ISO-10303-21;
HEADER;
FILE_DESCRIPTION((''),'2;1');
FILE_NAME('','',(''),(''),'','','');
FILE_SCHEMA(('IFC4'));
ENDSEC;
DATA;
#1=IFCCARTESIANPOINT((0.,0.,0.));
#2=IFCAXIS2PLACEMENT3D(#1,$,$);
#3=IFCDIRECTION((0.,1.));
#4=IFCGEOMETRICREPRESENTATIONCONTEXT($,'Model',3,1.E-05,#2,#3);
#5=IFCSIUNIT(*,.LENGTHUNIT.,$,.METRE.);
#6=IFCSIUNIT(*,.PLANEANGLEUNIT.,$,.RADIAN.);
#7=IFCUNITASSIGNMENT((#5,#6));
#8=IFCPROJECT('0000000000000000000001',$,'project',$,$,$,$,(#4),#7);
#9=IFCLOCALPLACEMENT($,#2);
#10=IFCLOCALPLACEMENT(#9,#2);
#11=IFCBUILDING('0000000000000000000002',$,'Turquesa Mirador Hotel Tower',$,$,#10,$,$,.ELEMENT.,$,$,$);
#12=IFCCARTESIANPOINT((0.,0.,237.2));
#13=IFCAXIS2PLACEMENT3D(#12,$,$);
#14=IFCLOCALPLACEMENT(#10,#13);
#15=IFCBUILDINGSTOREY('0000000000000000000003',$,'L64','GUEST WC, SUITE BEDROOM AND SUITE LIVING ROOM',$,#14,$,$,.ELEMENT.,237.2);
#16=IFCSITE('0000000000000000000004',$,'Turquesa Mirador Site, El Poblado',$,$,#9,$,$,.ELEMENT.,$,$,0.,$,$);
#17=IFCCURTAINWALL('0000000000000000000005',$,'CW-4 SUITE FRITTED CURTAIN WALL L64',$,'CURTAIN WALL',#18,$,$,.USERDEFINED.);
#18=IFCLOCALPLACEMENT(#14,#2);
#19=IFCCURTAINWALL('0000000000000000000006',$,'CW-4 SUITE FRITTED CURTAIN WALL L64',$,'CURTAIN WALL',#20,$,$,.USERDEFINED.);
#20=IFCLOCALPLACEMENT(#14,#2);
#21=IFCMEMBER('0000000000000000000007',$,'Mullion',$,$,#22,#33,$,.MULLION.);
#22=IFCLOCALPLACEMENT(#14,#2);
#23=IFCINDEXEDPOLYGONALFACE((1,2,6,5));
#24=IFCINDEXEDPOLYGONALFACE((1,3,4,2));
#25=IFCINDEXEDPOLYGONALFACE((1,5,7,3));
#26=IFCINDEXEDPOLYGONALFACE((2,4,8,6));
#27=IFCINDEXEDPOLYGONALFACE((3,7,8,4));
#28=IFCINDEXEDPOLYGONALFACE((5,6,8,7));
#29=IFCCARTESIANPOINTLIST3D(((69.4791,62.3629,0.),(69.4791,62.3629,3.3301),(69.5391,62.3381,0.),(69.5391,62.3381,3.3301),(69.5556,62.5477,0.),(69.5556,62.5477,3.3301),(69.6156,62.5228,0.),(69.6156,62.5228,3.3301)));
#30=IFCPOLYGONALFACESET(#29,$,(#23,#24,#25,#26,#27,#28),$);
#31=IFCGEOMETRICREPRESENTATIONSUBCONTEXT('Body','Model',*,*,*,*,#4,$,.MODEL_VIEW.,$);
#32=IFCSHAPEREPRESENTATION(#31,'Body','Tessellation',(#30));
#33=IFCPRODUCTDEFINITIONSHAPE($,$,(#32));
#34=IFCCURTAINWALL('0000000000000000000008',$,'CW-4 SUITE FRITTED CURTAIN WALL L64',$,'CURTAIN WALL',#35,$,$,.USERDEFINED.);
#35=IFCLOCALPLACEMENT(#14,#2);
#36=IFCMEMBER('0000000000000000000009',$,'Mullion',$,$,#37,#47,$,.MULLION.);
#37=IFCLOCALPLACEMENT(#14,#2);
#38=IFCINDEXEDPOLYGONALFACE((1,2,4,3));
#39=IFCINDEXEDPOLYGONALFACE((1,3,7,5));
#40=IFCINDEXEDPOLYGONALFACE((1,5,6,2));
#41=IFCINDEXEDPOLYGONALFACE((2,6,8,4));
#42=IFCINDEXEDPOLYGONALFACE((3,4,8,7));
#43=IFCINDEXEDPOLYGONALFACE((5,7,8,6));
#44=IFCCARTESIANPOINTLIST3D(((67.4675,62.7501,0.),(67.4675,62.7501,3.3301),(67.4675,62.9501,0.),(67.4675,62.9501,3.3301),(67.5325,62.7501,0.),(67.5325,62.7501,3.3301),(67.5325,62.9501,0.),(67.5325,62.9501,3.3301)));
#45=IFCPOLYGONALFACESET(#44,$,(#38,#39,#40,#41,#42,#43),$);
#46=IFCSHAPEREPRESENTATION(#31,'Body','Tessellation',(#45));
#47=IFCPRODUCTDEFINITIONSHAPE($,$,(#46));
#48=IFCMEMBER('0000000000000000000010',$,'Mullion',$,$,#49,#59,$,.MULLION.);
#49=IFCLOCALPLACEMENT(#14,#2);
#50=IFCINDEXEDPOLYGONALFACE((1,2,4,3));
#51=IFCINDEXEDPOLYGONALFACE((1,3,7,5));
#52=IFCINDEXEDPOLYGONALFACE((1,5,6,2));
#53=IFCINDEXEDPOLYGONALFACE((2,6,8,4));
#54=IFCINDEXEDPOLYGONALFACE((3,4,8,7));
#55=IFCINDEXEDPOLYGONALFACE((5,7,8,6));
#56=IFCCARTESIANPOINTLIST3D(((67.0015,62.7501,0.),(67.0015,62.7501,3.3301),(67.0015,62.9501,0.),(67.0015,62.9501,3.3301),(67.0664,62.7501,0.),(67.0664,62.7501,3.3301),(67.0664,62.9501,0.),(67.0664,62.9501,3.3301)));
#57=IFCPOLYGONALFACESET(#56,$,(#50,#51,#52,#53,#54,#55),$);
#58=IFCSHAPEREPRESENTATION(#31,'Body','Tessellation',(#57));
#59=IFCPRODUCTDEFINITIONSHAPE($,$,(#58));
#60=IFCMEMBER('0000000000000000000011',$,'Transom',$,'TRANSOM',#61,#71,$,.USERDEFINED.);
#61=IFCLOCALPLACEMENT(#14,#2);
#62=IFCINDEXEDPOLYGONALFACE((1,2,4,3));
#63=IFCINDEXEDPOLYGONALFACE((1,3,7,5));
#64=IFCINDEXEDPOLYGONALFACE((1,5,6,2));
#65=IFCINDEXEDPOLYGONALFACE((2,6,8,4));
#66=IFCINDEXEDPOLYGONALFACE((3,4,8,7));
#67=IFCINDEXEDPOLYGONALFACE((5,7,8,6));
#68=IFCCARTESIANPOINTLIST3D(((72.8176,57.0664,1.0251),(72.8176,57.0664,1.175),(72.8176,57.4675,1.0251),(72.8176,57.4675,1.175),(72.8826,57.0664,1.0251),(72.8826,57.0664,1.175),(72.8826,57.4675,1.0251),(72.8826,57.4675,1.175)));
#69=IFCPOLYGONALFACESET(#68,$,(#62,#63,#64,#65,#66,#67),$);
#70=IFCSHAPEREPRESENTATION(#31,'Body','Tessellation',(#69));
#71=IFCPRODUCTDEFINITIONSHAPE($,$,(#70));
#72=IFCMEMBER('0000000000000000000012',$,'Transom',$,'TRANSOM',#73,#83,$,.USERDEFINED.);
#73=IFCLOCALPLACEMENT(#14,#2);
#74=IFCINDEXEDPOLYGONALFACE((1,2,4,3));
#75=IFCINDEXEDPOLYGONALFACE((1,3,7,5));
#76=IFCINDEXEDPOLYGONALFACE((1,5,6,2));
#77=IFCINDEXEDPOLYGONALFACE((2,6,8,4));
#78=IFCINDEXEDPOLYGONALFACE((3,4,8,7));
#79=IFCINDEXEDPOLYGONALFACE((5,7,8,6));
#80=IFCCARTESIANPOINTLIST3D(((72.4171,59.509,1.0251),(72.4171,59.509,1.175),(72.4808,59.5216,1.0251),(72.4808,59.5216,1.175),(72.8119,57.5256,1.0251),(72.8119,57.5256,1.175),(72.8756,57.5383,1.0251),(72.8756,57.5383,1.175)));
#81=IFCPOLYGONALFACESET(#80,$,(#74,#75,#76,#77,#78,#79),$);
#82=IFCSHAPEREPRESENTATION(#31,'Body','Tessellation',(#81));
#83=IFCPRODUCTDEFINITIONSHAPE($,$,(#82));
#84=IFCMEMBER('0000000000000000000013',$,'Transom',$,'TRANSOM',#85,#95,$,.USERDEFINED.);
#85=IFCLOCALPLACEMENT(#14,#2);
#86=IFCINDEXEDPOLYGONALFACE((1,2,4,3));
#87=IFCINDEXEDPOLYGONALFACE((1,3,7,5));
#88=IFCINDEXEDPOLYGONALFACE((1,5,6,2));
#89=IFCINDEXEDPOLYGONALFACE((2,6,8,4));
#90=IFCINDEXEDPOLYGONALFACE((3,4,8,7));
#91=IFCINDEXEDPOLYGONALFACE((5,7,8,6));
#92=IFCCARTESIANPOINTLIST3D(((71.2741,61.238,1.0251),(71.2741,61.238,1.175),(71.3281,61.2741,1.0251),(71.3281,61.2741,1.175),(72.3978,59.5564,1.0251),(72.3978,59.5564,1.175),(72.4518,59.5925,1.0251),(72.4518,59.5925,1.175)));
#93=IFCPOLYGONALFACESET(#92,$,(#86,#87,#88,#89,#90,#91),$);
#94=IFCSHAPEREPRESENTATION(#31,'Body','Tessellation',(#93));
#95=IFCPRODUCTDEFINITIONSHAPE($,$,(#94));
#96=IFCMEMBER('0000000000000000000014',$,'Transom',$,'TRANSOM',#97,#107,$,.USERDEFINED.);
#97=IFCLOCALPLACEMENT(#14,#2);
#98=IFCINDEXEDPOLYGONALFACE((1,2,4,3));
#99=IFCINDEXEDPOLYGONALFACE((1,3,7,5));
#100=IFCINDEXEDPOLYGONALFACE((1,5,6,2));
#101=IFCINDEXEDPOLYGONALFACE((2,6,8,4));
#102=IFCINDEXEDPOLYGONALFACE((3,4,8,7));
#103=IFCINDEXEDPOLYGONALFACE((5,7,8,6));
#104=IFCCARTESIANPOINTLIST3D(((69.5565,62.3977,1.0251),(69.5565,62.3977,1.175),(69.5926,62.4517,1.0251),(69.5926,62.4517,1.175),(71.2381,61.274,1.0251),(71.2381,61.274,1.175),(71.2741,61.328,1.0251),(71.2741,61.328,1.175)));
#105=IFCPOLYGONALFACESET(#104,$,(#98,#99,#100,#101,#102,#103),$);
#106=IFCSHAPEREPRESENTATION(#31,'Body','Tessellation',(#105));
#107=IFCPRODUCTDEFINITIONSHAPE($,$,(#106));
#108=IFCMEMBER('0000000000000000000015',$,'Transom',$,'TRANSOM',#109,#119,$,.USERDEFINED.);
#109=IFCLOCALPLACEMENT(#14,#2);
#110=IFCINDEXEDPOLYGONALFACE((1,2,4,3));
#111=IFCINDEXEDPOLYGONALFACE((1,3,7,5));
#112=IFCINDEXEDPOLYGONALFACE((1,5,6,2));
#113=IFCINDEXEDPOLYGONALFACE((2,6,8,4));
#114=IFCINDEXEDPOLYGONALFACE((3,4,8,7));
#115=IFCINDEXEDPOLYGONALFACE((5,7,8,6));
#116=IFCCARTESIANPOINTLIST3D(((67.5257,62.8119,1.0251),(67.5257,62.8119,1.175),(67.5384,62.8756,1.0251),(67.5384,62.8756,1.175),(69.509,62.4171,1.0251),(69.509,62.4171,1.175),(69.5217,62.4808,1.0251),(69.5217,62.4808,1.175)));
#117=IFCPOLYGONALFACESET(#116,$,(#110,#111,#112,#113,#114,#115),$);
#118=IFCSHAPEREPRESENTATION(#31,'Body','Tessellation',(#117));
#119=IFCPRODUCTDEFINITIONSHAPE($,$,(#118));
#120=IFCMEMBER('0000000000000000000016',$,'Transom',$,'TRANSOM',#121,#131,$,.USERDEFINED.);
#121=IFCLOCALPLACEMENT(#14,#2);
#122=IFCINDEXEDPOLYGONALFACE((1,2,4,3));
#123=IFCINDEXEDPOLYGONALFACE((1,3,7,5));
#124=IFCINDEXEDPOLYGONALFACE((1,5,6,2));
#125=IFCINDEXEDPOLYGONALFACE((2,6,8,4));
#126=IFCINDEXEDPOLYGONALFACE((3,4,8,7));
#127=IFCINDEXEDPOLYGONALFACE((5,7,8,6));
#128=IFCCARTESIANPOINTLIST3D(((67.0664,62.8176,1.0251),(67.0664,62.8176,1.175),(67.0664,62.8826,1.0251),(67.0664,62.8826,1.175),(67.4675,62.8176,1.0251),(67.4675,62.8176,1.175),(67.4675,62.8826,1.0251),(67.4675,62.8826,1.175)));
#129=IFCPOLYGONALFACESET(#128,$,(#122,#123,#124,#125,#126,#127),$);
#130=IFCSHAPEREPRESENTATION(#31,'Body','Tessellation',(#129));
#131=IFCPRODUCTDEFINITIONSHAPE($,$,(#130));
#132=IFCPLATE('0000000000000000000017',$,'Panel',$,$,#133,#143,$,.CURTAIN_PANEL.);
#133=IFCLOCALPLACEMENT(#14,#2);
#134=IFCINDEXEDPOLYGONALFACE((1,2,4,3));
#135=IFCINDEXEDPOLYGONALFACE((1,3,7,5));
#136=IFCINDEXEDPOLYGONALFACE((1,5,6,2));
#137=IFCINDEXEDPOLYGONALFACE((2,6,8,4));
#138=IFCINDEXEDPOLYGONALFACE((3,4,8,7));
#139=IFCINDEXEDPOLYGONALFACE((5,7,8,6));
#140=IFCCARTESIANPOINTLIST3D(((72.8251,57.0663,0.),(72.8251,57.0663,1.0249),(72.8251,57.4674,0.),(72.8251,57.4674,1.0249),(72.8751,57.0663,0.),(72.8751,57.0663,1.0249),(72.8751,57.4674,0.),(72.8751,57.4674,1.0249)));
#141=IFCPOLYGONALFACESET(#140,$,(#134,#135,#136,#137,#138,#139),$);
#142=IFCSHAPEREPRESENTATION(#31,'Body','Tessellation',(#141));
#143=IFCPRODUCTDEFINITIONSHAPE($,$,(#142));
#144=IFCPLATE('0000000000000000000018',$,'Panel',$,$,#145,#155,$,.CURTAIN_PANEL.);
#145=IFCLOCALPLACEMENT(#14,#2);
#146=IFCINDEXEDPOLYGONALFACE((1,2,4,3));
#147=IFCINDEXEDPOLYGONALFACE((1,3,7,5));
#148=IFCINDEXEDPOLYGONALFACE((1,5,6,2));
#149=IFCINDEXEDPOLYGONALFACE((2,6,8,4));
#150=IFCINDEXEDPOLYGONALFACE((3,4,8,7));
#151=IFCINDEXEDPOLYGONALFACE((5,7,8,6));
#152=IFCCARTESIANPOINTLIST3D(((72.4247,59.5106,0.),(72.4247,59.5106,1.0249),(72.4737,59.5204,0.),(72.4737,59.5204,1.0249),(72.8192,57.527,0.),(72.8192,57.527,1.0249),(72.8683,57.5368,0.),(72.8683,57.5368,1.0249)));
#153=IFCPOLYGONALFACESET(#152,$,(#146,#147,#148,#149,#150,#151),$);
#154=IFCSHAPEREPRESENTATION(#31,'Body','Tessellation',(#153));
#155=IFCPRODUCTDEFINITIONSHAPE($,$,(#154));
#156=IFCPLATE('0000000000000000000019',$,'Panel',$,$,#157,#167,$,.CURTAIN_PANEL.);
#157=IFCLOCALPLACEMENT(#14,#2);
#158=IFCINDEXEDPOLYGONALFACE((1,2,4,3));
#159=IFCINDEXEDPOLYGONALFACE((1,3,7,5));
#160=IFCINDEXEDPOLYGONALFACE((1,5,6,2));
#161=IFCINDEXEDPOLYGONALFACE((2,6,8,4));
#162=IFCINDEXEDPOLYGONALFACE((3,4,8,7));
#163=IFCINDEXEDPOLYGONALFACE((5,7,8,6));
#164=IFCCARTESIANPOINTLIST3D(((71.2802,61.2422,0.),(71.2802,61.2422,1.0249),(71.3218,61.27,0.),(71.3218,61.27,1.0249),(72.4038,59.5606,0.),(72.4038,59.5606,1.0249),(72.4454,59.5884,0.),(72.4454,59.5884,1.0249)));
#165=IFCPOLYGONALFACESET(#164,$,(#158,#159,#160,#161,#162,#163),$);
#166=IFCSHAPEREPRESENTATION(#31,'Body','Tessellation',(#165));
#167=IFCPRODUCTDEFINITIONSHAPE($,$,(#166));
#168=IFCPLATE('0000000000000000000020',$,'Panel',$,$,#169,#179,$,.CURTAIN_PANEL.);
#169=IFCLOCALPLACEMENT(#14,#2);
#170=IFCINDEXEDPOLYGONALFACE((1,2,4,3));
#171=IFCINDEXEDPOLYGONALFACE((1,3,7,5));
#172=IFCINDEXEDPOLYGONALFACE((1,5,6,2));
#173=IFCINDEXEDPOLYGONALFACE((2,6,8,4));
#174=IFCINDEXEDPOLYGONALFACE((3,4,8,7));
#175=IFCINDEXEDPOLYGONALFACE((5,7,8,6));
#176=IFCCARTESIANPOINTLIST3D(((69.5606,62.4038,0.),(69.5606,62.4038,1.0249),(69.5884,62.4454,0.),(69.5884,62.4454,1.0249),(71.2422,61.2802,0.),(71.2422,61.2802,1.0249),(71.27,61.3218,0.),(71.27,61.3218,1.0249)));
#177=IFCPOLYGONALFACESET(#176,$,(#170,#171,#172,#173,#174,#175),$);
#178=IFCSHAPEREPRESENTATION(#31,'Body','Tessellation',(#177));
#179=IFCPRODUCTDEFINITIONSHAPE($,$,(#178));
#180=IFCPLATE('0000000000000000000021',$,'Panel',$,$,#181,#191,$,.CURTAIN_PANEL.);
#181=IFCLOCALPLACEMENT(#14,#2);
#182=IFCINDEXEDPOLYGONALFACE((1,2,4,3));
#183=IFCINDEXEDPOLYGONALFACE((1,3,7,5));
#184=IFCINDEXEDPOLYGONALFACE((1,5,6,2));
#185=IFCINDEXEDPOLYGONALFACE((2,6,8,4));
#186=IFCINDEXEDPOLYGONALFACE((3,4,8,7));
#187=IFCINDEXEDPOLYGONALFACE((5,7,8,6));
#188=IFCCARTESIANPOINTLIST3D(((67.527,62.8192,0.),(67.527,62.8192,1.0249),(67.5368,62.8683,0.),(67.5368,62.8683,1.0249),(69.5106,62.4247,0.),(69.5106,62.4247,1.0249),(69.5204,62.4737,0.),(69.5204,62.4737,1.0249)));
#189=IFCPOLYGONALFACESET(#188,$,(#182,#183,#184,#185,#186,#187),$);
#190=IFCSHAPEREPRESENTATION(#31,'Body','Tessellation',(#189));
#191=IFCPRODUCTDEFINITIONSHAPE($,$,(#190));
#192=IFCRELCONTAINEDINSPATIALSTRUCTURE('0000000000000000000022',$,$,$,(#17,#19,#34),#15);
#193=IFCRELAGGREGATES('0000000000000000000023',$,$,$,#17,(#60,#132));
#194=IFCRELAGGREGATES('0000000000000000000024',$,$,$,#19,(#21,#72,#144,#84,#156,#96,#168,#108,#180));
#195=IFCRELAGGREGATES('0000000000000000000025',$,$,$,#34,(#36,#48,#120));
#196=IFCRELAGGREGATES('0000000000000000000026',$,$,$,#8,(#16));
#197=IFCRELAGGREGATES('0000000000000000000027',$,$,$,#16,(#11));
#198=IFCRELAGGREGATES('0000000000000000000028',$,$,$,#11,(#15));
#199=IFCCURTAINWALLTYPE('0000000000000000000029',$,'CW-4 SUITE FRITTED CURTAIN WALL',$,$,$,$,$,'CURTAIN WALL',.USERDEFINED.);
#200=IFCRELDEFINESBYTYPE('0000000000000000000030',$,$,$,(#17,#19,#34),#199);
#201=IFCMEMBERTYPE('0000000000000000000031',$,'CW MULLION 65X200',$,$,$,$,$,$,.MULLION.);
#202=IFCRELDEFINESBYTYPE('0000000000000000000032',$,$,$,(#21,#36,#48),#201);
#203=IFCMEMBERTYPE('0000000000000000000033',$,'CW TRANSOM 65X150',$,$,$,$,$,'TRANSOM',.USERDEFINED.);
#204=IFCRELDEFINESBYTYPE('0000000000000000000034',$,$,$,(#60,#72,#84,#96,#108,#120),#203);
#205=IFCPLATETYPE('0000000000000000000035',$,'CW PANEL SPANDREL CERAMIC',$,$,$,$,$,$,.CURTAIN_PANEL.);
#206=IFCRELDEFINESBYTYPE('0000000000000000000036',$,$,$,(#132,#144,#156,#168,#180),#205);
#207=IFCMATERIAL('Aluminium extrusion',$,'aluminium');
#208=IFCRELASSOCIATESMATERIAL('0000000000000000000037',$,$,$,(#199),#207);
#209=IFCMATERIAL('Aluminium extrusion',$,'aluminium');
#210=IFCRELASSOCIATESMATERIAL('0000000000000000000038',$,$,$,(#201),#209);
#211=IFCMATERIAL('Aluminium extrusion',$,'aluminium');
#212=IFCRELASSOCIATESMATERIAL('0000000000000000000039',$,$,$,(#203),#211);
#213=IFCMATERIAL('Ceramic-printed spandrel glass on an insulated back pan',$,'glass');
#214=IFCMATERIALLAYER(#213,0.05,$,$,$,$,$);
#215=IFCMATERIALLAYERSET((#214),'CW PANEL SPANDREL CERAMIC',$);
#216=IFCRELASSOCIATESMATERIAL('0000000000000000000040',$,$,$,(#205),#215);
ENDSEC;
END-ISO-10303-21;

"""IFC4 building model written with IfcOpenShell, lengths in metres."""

from ifc_helpers import new_model, si_unit, direction, frame, origin, origin_2d, place, context, subcontext, project, spatial, rectangle, extrude, material, layer, layer_set, material_profile, profile_set, type_object, element, aggregate, save


model = new_model("IFC4")

# Units and contexts
model_context = context("Model", 3, precision=1e-05, world=origin(), true_north=direction((0.0, 1.0)))
body_context = subcontext(model_context, "Body", "Model", "MODEL_VIEW")
ifc_project = project(units=[si_unit("LENGTHUNIT", "METRE"), si_unit("PLANEANGLEUNIT", "RADIAN")], contexts=[model_context])

# Site, building, storey
site_placement = place(None, origin())
site = spatial("IfcSite", under=ifc_project, at=site_placement, Name="Turquesa Mirador Site, El Poblado", CompositionType="ELEMENT", RefElevation=0.0)
building_placement = place(site_placement, origin())
building = spatial("IfcBuilding", under=site, at=building_placement, Name="Turquesa Mirador Hotel Tower", CompositionType="ELEMENT")
storey_placement = place(building_placement, frame((0.0, 0.0, 237.2)))
storey = spatial("IfcBuildingStorey", under=building, at=storey_placement, Name="L64", Description="GUEST WC, SUITE BEDROOM AND SUITE LIVING ROOM", CompositionType="ELEMENT", Elevation=237.2)

# Shared definitions
ifc_material_1 = material(Name="Aluminium extrusion", Category="aluminium")
curtain_wall_type = type_object("IfcCurtainWallType", Name="CW-4 SUITE FRITTED CURTAIN WALL", ElementType="CURTAIN WALL", PredefinedType="USERDEFINED", material=ifc_material_1)
ifc_material_2 = material(Name="Aluminium extrusion", Category="aluminium")
ifc_material_profile_1 = material_profile(ifc_material_2, rectangle(XDim=0.0649, YDim=0.2, at=origin_2d()), Name="MULLION 65X200")
ifc_profile_set_1 = profile_set([ifc_material_profile_1], Name="Aluminium extrusion")
member_type_1 = type_object("IfcMemberType", Name="CW MULLION 65X200", PredefinedType="MULLION", material=ifc_profile_set_1)

# Curtain walls, members
curtain_wall_1_placement = place(storey_placement, origin())
curtain_wall_1 = element("IfcCurtainWall", 1, at=curtain_wall_1_placement, inside=storey, type_object=curtain_wall_type, Name="CW-4 SUITE FRITTED CURTAIN WALL L64", ObjectType="CURTAIN WALL", PredefinedType="USERDEFINED")
curtain_wall_2_placement = place(storey_placement, origin())
curtain_wall_2 = element("IfcCurtainWall", 2, at=curtain_wall_2_placement, inside=storey, type_object=curtain_wall_type, Name="CW-4 SUITE FRITTED CURTAIN WALL L64", ObjectType="CURTAIN WALL", PredefinedType="USERDEFINED")
member_1_placement = place(storey_placement, frame((69.5474, 62.4429, 0.0), z_axis=(0.0, 0.0, 1.0), x_axis=(-0.92388, 0.382683, 0.0)))
member_1 = element("IfcMember", 3, at=member_1_placement, type_object=member_type_1, Name="Mullion", PredefinedType="MULLION", context=body_context, shape_type="SweptSolid", body=[
    extrude(rectangle(XDim=0.0649, YDim=0.2, at=origin_2d()), origin(), (0.0, 0.0, 1.0), 3.3301),
])
curtain_wall_3_placement = place(storey_placement, origin())
curtain_wall_3 = element("IfcCurtainWall", 4, at=curtain_wall_3_placement, inside=storey, type_object=curtain_wall_type, Name="CW-4 SUITE FRITTED CURTAIN WALL L64", ObjectType="CURTAIN WALL", PredefinedType="USERDEFINED")
member_2_placement = place(storey_placement, frame((67.5, 62.8501, 0.0), z_axis=(0.0, 0.0, 1.0), x_axis=(-1.0, 0.0, 0.0)))
member_2 = element("IfcMember", 5, at=member_2_placement, type_object=member_type_1, Name="Mullion", PredefinedType="MULLION", context=body_context, shape_type="SweptSolid", body=[
    extrude(rectangle(XDim=0.0649, YDim=0.2, at=origin_2d()), origin(), (0.0, 0.0, 1.0), 3.3301),
])
member_3_placement = place(storey_placement, frame((67.0339, 62.8501, 0.0), z_axis=(0.0, 0.0, 1.0), x_axis=(-1.0, 0.0, 0.0)))
member_3 = element("IfcMember", 6, at=member_3_placement, type_object=member_type_1, Name="Mullion", PredefinedType="MULLION", context=body_context, shape_type="SweptSolid", body=[
    extrude(rectangle(XDim=0.0649, YDim=0.2, at=origin_2d()), origin(), (0.0, 0.0, 1.0), 3.3301),
])

# Members
ifc_material_3 = material(Name="Aluminium extrusion", Category="aluminium")
ifc_material_profile_2 = material_profile(ifc_material_3, rectangle(XDim=0.0649, YDim=0.1499, at=origin_2d()), Name="TRANSOM 65X150")
ifc_profile_set_2 = profile_set([ifc_material_profile_2], Name="Aluminium extrusion")
member_type_2 = type_object("IfcMemberType", Name="CW TRANSOM 65X150", ElementType="TRANSOM", PredefinedType="USERDEFINED", material=ifc_profile_set_2)
member_4_placement = place(storey_placement, frame((72.8501, 57.0664, 1.1001), z_axis=(0.0, 1.0, 0.0), x_axis=(-1.0, 0.0, 0.0)))
member_4 = element("IfcMember", 7, at=member_4_placement, type_object=member_type_2, Name="Transom", ObjectType="TRANSOM", PredefinedType="USERDEFINED", context=body_context, shape_type="SweptSolid", body=[
    extrude(rectangle(XDim=0.0649, YDim=0.1499, at=origin_2d()), origin(), (0.0, 0.0, 1.0), 0.4011),
])
member_5_placement = place(storey_placement, frame((72.8438, 57.532, 1.1001), z_axis=(-0.195211, 0.980761, 0.0), x_axis=(-0.980761, -0.195211, 0.0)))
member_5 = element("IfcMember", 8, at=member_5_placement, type_object=member_type_2, Name="Transom", ObjectType="TRANSOM", PredefinedType="USERDEFINED", context=body_context, shape_type="SweptSolid", body=[
    extrude(rectangle(XDim=0.0649, YDim=0.1499, at=origin_2d()), origin(), (0.0, 0.0, 1.0), 2.0222),
])
member_6_placement = place(storey_placement, frame((72.4248, 59.5745, 1.1001), z_axis=(-0.555619, 0.831437, 0.0), x_axis=(-0.831437, -0.555619, 0.0)))
member_6 = element("IfcMember", 9, at=member_6_placement, type_object=member_type_2, Name="Transom", ObjectType="TRANSOM", PredefinedType="USERDEFINED", context=body_context, shape_type="SweptSolid", body=[
    extrude(rectangle(XDim=0.0649, YDim=0.1499, at=origin_2d()), origin(), (0.0, 0.0, 1.0), 2.0225),
])
member_7_placement = place(storey_placement, frame((71.2561, 61.301, 1.1001), z_axis=(-0.831437, 0.555619, 0.0), x_axis=(-0.555619, -0.831437, 0.0)))
member_7 = element("IfcMember", 10, at=member_7_placement, type_object=member_type_2, Name="Transom", ObjectType="TRANSOM", PredefinedType="USERDEFINED", context=body_context, shape_type="SweptSolid", body=[
    extrude(rectangle(XDim=0.0649, YDim=0.1499, at=origin_2d()), origin(), (0.0, 0.0, 1.0), 2.0225),
])
member_8_placement = place(storey_placement, frame((69.5154, 62.449, 1.1001), z_axis=(-0.980761, 0.195211, 0.0), x_axis=(-0.195211, -0.980761, 0.0)))
member_8 = element("IfcMember", 11, at=member_8_placement, type_object=member_type_2, Name="Transom", ObjectType="TRANSOM", PredefinedType="USERDEFINED", context=body_context, shape_type="SweptSolid", body=[
    extrude(rectangle(XDim=0.0649, YDim=0.1499, at=origin_2d()), origin(), (0.0, 0.0, 1.0), 2.0222),
])
member_9_placement = place(storey_placement, frame((67.4675, 62.8501, 1.1001), z_axis=(-1.0, 0.0, 0.0), x_axis=(0.0, -1.0, 0.0)))
member_9 = element("IfcMember", 12, at=member_9_placement, type_object=member_type_2, Name="Transom", ObjectType="TRANSOM", PredefinedType="USERDEFINED", context=body_context, shape_type="SweptSolid", body=[
    extrude(rectangle(XDim=0.0649, YDim=0.1499, at=origin_2d()), origin(), (0.0, 0.0, 1.0), 0.4011),
])

# Plates
ifc_material_4 = material(Name="Ceramic-printed spandrel glass on an insulated back pan", Category="glass")
ifc_layer_1 = layer(ifc_material_4, 0.05)
ifc_layer_set_1 = layer_set([ifc_layer_1], Name="CW PANEL SPANDREL CERAMIC")
plate_type_1 = type_object("IfcPlateType", Name="CW PANEL SPANDREL CERAMIC", PredefinedType="CURTAIN_PANEL", material=ifc_layer_set_1)
plate_1_placement = place(storey_placement, frame((72.8501, 57.2668, 0.0), z_axis=(0.0, 0.0, 1.0), x_axis=(0.0, 1.0, 0.0)))
plate_1 = element("IfcPlate", 13, at=plate_1_placement, type_object=plate_type_1, Name="Panel", PredefinedType="CURTAIN_PANEL", context=body_context, shape_type="SweptSolid", body=[
    extrude(rectangle(XDim=0.4011, YDim=0.05, at=origin_2d()), origin(), (0.0, 0.0, 1.0), 1.0249),
])
plate_2_placement = place(storey_placement, frame((72.6465, 58.5237, 0.0), z_axis=(0.0, 0.0, 1.0), x_axis=(-0.195091, 0.980785, 0.0)))
plate_2 = element("IfcPlate", 14, at=plate_2_placement, type_object=plate_type_1, Name="Panel", PredefinedType="CURTAIN_PANEL", context=body_context, shape_type="SweptSolid", body=[
    extrude(rectangle(XDim=2.0225, YDim=0.05, at=origin_2d()), origin(), (0.0, 0.0, 1.0), 1.0249),
])
plate_3_placement = place(storey_placement, frame((71.8628, 60.4153, 0.0), z_axis=(0.0, 0.0, 1.0), x_axis=(-0.55557, 0.83147, 0.0)))
plate_3 = element("IfcPlate", 15, at=plate_3_placement, type_object=plate_type_1, Name="Panel", PredefinedType="CURTAIN_PANEL", context=body_context, shape_type="SweptSolid", body=[
    extrude(rectangle(XDim=2.0225, YDim=0.05, at=origin_2d()), origin(), (0.0, 0.0, 1.0), 1.0249),
])
plate_4_placement = place(storey_placement, frame((70.4153, 61.8628, 0.0), z_axis=(0.0, 0.0, 1.0), x_axis=(-0.83147, 0.55557, 0.0)))
plate_4 = element("IfcPlate", 16, at=plate_4_placement, type_object=plate_type_1, Name="Panel", PredefinedType="CURTAIN_PANEL", context=body_context, shape_type="SweptSolid", body=[
    extrude(rectangle(XDim=2.0225, YDim=0.05, at=origin_2d()), origin(), (0.0, 0.0, 1.0), 1.0249),
])
plate_5_placement = place(storey_placement, frame((68.5237, 62.6465, 0.0), z_axis=(0.0, 0.0, 1.0), x_axis=(-0.980785, 0.195091, 0.0)))
plate_5 = element("IfcPlate", 17, at=plate_5_placement, type_object=plate_type_1, Name="Panel", PredefinedType="CURTAIN_PANEL", context=body_context, shape_type="SweptSolid", body=[
    extrude(rectangle(XDim=2.0225, YDim=0.05, at=origin_2d()), origin(), (0.0, 0.0, 1.0), 1.0249),
])
aggregate(curtain_wall_1, [member_4, plate_1])
aggregate(curtain_wall_2, [member_1, member_5, plate_2, member_6, plate_3, member_7, plate_4, member_8, plate_5])
aggregate(curtain_wall_3, [member_2, member_3, member_9])

save(model, "model.ifc")
